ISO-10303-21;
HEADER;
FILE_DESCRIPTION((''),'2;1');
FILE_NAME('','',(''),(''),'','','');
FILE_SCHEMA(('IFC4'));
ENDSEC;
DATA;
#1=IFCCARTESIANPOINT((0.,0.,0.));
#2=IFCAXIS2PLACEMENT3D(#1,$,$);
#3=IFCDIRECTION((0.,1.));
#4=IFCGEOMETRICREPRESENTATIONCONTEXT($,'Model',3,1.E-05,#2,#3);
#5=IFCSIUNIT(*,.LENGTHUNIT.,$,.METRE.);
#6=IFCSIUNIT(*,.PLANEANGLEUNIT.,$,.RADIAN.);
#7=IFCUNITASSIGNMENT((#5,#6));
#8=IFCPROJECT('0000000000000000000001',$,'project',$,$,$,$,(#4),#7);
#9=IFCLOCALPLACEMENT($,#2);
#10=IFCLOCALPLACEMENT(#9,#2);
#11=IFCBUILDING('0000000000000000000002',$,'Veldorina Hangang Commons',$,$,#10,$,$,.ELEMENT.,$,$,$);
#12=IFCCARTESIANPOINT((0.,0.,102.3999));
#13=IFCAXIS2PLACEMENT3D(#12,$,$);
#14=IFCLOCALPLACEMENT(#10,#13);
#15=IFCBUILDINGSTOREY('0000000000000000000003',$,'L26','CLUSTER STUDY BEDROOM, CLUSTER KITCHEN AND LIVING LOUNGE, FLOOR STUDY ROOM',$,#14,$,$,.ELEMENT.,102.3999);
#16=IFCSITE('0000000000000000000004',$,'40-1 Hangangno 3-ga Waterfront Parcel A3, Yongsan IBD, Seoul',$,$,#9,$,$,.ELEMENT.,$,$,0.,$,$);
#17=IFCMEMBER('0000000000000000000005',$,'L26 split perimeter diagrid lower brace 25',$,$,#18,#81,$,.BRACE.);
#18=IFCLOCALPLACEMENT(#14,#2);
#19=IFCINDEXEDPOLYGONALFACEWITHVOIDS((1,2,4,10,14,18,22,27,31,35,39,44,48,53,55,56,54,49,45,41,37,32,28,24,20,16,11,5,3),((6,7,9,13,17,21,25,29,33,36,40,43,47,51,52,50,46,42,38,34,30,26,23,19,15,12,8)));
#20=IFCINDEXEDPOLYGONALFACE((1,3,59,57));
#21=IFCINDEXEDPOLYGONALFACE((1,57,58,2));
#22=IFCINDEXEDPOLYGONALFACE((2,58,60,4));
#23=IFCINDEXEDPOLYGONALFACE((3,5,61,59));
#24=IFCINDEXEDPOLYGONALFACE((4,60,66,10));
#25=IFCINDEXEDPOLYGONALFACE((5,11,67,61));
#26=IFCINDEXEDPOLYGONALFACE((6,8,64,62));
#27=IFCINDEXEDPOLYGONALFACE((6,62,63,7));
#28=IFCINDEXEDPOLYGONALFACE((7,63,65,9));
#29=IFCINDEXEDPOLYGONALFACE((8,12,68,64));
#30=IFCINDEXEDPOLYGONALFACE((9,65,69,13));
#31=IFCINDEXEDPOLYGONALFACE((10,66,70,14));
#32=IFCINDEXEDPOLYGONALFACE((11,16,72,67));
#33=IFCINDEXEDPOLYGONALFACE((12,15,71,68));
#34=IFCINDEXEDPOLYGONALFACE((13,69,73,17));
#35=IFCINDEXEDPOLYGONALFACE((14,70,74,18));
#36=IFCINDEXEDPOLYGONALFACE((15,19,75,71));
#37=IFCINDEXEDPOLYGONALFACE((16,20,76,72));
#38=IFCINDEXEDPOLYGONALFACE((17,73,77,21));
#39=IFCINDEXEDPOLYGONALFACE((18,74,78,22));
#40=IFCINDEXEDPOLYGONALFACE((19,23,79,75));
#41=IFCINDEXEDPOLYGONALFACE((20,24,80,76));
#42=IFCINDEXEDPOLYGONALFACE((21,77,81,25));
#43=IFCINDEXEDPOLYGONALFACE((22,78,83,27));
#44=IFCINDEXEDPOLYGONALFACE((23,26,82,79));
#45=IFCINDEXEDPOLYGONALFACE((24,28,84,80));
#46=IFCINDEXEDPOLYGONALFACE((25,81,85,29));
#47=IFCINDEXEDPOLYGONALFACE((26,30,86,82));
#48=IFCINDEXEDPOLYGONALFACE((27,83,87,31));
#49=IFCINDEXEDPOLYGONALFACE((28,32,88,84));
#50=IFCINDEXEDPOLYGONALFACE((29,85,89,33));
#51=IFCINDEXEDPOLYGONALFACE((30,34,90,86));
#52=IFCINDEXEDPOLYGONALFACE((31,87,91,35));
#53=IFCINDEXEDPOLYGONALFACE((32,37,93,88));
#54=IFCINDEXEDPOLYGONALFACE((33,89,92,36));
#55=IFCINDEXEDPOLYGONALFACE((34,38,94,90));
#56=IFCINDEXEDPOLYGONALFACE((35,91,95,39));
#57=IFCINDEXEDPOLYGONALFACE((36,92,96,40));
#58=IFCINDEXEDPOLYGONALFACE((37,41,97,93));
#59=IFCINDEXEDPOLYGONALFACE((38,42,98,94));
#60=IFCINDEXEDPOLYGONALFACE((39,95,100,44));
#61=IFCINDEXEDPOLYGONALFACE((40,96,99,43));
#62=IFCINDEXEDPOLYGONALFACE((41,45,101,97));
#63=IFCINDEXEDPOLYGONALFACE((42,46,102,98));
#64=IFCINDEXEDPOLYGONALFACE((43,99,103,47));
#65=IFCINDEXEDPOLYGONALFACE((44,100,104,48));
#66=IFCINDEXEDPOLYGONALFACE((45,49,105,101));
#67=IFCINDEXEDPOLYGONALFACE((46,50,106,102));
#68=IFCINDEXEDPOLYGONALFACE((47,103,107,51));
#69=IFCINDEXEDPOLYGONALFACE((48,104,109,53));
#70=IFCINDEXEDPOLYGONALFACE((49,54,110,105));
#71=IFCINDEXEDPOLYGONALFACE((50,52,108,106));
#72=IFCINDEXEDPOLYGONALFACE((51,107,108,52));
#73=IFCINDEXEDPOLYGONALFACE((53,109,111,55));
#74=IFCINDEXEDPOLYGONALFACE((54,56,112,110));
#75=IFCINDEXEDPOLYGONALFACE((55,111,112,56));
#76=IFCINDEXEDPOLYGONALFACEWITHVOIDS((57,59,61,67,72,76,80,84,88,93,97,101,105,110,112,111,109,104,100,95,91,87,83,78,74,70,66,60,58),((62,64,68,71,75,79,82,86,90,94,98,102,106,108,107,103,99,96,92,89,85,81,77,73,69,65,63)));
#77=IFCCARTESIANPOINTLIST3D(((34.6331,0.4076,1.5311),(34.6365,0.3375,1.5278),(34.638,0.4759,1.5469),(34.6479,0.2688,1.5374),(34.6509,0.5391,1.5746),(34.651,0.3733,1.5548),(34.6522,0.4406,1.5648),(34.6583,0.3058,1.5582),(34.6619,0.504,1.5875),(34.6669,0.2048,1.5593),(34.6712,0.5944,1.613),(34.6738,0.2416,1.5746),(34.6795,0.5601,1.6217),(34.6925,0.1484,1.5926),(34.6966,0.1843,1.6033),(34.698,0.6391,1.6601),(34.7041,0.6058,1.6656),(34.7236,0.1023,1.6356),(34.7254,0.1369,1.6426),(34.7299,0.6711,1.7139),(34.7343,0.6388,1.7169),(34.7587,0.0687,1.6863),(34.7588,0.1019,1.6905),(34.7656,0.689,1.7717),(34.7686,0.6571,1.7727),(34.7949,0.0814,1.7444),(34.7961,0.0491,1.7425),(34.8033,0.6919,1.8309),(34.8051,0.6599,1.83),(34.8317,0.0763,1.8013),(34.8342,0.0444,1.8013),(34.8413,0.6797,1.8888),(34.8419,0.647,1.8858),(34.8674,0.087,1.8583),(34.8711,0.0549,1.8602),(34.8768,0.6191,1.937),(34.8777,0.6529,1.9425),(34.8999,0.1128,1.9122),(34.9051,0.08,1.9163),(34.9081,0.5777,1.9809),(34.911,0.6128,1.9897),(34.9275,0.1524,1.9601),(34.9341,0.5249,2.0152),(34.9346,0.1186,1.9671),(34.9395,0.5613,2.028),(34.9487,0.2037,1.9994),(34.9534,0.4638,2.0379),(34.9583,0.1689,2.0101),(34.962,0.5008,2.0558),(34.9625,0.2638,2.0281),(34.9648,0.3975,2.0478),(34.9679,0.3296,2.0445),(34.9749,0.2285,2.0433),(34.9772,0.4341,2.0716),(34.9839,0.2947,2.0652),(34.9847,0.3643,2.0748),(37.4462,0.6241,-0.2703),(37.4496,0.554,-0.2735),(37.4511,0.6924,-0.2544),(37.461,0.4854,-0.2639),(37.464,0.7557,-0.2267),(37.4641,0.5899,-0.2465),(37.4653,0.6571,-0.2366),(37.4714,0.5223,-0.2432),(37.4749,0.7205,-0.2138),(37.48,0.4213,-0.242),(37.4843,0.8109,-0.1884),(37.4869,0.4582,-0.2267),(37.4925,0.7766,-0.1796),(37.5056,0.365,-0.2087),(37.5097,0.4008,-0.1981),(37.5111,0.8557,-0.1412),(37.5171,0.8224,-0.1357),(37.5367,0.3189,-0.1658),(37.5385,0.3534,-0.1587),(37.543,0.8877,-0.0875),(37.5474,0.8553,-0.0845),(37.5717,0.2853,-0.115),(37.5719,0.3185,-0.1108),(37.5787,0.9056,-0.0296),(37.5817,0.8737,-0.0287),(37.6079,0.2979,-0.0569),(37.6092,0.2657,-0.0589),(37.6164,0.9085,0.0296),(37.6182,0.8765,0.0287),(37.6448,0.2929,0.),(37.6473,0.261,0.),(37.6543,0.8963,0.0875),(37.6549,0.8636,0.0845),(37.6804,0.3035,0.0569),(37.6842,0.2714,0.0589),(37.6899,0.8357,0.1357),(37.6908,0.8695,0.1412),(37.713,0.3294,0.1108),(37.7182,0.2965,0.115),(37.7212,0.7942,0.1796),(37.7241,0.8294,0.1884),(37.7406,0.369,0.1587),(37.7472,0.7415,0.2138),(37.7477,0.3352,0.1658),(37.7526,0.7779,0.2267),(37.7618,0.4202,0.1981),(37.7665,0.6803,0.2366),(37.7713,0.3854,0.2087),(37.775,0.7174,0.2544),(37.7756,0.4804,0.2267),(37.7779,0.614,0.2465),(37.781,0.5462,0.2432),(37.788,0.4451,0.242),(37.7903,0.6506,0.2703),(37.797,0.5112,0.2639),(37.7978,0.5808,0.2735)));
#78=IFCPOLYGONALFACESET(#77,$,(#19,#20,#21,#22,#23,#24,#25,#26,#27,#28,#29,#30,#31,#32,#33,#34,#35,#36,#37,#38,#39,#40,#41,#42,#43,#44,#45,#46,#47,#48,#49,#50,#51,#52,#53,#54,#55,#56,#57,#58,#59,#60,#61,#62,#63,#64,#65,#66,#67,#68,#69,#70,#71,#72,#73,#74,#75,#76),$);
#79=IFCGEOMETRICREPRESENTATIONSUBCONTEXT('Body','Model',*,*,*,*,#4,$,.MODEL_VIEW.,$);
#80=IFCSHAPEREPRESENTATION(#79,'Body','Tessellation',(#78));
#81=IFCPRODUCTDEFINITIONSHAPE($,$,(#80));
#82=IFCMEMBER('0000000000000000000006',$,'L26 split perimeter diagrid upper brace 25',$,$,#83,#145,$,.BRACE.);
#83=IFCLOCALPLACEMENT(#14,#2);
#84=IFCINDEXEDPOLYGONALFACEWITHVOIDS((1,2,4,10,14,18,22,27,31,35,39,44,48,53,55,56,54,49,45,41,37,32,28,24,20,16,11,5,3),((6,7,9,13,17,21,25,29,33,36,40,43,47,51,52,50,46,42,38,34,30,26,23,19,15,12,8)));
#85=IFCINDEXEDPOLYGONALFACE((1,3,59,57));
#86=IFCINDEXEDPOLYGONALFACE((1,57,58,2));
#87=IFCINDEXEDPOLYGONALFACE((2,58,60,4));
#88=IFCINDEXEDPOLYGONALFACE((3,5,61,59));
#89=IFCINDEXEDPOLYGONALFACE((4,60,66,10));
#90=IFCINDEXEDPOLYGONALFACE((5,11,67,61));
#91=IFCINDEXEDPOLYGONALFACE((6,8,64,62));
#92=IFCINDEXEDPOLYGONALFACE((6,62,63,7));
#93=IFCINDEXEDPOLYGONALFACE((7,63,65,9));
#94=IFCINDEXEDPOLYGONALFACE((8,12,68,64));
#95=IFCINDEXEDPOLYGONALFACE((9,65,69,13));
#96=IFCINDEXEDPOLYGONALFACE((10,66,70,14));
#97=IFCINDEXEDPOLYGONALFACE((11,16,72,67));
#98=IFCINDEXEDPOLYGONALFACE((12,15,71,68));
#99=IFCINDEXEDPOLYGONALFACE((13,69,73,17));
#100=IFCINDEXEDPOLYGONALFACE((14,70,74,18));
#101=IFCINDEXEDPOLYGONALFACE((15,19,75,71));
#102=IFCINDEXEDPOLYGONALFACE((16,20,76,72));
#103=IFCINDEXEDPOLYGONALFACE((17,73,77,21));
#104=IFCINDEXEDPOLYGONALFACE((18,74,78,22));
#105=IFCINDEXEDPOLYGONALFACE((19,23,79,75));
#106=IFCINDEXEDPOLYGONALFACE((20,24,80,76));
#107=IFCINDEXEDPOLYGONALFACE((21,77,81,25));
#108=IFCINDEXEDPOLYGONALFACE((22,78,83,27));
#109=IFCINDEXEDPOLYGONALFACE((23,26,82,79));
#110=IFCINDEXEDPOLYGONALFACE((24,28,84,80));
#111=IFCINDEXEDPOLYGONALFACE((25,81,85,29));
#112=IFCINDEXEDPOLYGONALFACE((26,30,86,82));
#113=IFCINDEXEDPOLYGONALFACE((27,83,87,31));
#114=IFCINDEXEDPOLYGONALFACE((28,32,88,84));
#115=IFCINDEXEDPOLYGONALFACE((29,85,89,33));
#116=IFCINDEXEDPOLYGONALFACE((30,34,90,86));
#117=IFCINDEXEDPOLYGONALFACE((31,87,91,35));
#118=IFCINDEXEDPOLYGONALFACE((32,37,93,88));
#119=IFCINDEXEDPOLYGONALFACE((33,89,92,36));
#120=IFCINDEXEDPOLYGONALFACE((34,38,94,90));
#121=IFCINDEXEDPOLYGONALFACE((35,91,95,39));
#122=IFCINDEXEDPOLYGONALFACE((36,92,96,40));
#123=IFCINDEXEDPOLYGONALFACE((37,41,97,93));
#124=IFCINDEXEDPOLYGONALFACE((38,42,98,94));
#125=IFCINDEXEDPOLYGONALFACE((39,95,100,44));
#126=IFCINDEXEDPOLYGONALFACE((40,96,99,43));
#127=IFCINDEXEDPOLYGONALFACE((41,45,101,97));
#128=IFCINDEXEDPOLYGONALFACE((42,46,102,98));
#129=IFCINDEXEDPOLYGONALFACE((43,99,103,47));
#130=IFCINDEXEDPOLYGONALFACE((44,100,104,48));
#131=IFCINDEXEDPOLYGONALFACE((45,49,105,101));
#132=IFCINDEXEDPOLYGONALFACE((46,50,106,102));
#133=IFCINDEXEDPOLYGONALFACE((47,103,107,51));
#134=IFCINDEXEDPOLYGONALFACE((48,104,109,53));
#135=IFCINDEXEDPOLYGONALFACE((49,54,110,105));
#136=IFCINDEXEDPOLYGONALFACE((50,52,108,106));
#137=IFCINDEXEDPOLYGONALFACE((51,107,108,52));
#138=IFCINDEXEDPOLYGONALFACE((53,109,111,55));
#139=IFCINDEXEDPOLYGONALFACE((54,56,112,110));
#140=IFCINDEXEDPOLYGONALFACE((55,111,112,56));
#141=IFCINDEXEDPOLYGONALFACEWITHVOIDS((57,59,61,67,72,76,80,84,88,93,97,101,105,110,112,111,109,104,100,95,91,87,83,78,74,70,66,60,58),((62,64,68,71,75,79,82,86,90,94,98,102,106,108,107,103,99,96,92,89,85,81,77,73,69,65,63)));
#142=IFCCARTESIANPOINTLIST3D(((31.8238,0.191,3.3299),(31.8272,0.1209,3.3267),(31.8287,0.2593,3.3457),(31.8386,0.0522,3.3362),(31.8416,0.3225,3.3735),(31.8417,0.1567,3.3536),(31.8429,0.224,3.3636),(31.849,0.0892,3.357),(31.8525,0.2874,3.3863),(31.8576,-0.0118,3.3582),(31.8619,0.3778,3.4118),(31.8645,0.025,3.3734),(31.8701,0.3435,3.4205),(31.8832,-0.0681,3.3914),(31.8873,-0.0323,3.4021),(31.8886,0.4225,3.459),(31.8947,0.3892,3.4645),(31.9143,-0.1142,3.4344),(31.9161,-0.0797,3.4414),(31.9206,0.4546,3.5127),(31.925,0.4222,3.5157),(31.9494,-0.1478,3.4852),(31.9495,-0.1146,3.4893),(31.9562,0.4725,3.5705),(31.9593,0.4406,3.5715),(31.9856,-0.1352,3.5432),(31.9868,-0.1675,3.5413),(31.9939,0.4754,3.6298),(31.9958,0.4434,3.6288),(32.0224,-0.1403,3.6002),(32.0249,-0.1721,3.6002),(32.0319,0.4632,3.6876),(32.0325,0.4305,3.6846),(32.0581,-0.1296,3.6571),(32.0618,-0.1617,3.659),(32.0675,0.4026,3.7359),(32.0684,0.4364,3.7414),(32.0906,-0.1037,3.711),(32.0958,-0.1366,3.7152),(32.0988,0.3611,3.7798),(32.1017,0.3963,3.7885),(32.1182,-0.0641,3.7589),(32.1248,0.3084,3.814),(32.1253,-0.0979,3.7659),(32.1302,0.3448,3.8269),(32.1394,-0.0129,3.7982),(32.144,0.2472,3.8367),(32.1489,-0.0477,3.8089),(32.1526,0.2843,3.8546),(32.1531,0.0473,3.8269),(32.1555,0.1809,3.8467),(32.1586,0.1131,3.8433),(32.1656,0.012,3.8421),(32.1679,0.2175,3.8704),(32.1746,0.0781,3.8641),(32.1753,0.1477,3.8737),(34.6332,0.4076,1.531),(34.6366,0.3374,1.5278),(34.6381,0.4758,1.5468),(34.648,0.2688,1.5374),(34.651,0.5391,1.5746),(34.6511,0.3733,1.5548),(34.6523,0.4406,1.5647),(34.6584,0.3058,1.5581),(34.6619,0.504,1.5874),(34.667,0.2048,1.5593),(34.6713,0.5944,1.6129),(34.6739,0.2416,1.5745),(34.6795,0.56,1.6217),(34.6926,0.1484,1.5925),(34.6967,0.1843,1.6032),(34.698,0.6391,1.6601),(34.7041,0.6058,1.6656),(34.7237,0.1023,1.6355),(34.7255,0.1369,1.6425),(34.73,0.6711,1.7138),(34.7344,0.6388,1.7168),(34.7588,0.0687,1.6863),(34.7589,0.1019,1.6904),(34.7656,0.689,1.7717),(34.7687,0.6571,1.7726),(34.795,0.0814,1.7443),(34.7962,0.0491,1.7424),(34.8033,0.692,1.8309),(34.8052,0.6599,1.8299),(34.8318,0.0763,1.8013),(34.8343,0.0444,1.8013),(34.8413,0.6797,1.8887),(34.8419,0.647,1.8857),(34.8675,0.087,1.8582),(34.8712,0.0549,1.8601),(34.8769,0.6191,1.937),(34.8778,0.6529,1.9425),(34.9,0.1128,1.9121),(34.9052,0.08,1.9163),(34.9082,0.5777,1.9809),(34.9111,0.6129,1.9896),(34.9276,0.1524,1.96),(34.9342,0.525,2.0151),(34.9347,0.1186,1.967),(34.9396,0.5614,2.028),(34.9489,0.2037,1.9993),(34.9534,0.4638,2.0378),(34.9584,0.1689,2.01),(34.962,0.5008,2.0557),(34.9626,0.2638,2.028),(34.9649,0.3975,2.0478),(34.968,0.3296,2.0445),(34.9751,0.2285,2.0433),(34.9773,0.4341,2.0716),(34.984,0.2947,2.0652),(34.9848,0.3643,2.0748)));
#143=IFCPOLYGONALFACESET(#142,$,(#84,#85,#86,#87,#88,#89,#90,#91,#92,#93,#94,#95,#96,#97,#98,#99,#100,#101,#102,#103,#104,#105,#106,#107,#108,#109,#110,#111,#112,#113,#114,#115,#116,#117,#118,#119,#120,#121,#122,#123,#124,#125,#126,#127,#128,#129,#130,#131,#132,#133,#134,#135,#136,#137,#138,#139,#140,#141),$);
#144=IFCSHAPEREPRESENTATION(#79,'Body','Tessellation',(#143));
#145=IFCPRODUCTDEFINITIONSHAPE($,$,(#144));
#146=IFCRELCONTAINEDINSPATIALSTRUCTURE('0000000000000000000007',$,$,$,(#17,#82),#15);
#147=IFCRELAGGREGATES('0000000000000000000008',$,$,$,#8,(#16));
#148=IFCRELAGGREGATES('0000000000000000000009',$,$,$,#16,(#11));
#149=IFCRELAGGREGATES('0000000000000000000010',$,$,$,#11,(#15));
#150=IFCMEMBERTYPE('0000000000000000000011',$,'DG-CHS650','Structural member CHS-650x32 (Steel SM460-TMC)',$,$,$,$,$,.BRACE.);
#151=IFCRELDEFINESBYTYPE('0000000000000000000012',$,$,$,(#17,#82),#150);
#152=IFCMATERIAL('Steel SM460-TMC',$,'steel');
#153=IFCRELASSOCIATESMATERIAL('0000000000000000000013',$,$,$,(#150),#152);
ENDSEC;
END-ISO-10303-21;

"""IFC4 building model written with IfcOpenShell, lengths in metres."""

from ifc_helpers import new_model, si_unit, direction, frame, origin, origin_2d, place, context, subcontext, project, spatial, hollow_circle, extrude, material, material_profile, profile_set, type_object, element, save


model = new_model("IFC4")

# Units and contexts
model_context = context("Model", 3, precision=1e-05, world=origin(), true_north=direction((0.0, 1.0)))
body_context = subcontext(model_context, "Body", "Model", "MODEL_VIEW")
ifc_project = project(units=[si_unit("LENGTHUNIT", "METRE"), si_unit("PLANEANGLEUNIT", "RADIAN")], contexts=[model_context])

# Site, building, storey
site_placement = place(None, origin())
site = spatial("IfcSite", under=ifc_project, at=site_placement, Name="40-1 Hangangno 3-ga Waterfront Parcel A3, Yongsan IBD, Seoul", CompositionType="ELEMENT", RefElevation=0.0)
building_placement = place(site_placement, origin())
building = spatial("IfcBuilding", under=site, at=building_placement, Name="Veldorina Hangang Commons", CompositionType="ELEMENT")
storey_placement = place(building_placement, frame((0.0, 0.0, 102.3999)))
storey = spatial("IfcBuildingStorey", under=building, at=storey_placement, Name="L26", Description="CLUSTER STUDY BEDROOM, CLUSTER KITCHEN AND LIVING LOUNGE, FLOOR STUDY ROOM", CompositionType="ELEMENT", Elevation=102.3999)

# Members
ifc_material_1 = material(Name="Steel SM460-TMC", Category="steel")
ifc_material_profile_1 = material_profile(ifc_material_1, hollow_circle(Radius=0.325, WallThickness=0.032, at=origin_2d()), Name="CHS-650x32")
ifc_profile_set_1 = profile_set([ifc_material_profile_1], Name="Steel SM460-TMC")
member_type_1 = type_object("IfcMemberType", Name="DG-CHS650", Description="Structural member CHS-650x32 (Steel SM460-TMC)", PredefinedType="BRACE", material=ifc_profile_set_1)
member_1_placement = place(storey_placement, frame((37.6223, 0.585, 0.0), z_axis=(-0.840377, -0.064695, 0.538127), x_axis=(0.076756, -0.99705, 0.0)))
element("IfcMember", 1, at=member_1_placement, inside=storey, type_object=member_type_1, Name="L26 split perimeter diagrid lower brace 25", PredefinedType="BRACE", context=body_context, shape_type="SweptSolid", body=[
    extrude(hollow_circle(Radius=0.325, WallThickness=0.032, at=origin_2d()), origin(), (0.0, 0.0, 1.0), 3.3474),
])
member_2_placement = place(storey_placement, frame((34.8093, 0.3684, 1.8013), z_axis=(-0.840386, -0.06478, 0.538104), x_axis=(0.076856, -0.997042, 0.0)))
element("IfcMember", 2, at=member_2_placement, inside=storey, type_object=member_type_1, Name="L26 split perimeter diagrid upper brace 25", PredefinedType="BRACE", context=body_context, shape_type="SweptSolid", body=[
    extrude(hollow_circle(Radius=0.325, WallThickness=0.032, at=origin_2d()), origin(), (0.0, 0.0, 1.0), 3.343),
])

save(model, "model.ifc")
